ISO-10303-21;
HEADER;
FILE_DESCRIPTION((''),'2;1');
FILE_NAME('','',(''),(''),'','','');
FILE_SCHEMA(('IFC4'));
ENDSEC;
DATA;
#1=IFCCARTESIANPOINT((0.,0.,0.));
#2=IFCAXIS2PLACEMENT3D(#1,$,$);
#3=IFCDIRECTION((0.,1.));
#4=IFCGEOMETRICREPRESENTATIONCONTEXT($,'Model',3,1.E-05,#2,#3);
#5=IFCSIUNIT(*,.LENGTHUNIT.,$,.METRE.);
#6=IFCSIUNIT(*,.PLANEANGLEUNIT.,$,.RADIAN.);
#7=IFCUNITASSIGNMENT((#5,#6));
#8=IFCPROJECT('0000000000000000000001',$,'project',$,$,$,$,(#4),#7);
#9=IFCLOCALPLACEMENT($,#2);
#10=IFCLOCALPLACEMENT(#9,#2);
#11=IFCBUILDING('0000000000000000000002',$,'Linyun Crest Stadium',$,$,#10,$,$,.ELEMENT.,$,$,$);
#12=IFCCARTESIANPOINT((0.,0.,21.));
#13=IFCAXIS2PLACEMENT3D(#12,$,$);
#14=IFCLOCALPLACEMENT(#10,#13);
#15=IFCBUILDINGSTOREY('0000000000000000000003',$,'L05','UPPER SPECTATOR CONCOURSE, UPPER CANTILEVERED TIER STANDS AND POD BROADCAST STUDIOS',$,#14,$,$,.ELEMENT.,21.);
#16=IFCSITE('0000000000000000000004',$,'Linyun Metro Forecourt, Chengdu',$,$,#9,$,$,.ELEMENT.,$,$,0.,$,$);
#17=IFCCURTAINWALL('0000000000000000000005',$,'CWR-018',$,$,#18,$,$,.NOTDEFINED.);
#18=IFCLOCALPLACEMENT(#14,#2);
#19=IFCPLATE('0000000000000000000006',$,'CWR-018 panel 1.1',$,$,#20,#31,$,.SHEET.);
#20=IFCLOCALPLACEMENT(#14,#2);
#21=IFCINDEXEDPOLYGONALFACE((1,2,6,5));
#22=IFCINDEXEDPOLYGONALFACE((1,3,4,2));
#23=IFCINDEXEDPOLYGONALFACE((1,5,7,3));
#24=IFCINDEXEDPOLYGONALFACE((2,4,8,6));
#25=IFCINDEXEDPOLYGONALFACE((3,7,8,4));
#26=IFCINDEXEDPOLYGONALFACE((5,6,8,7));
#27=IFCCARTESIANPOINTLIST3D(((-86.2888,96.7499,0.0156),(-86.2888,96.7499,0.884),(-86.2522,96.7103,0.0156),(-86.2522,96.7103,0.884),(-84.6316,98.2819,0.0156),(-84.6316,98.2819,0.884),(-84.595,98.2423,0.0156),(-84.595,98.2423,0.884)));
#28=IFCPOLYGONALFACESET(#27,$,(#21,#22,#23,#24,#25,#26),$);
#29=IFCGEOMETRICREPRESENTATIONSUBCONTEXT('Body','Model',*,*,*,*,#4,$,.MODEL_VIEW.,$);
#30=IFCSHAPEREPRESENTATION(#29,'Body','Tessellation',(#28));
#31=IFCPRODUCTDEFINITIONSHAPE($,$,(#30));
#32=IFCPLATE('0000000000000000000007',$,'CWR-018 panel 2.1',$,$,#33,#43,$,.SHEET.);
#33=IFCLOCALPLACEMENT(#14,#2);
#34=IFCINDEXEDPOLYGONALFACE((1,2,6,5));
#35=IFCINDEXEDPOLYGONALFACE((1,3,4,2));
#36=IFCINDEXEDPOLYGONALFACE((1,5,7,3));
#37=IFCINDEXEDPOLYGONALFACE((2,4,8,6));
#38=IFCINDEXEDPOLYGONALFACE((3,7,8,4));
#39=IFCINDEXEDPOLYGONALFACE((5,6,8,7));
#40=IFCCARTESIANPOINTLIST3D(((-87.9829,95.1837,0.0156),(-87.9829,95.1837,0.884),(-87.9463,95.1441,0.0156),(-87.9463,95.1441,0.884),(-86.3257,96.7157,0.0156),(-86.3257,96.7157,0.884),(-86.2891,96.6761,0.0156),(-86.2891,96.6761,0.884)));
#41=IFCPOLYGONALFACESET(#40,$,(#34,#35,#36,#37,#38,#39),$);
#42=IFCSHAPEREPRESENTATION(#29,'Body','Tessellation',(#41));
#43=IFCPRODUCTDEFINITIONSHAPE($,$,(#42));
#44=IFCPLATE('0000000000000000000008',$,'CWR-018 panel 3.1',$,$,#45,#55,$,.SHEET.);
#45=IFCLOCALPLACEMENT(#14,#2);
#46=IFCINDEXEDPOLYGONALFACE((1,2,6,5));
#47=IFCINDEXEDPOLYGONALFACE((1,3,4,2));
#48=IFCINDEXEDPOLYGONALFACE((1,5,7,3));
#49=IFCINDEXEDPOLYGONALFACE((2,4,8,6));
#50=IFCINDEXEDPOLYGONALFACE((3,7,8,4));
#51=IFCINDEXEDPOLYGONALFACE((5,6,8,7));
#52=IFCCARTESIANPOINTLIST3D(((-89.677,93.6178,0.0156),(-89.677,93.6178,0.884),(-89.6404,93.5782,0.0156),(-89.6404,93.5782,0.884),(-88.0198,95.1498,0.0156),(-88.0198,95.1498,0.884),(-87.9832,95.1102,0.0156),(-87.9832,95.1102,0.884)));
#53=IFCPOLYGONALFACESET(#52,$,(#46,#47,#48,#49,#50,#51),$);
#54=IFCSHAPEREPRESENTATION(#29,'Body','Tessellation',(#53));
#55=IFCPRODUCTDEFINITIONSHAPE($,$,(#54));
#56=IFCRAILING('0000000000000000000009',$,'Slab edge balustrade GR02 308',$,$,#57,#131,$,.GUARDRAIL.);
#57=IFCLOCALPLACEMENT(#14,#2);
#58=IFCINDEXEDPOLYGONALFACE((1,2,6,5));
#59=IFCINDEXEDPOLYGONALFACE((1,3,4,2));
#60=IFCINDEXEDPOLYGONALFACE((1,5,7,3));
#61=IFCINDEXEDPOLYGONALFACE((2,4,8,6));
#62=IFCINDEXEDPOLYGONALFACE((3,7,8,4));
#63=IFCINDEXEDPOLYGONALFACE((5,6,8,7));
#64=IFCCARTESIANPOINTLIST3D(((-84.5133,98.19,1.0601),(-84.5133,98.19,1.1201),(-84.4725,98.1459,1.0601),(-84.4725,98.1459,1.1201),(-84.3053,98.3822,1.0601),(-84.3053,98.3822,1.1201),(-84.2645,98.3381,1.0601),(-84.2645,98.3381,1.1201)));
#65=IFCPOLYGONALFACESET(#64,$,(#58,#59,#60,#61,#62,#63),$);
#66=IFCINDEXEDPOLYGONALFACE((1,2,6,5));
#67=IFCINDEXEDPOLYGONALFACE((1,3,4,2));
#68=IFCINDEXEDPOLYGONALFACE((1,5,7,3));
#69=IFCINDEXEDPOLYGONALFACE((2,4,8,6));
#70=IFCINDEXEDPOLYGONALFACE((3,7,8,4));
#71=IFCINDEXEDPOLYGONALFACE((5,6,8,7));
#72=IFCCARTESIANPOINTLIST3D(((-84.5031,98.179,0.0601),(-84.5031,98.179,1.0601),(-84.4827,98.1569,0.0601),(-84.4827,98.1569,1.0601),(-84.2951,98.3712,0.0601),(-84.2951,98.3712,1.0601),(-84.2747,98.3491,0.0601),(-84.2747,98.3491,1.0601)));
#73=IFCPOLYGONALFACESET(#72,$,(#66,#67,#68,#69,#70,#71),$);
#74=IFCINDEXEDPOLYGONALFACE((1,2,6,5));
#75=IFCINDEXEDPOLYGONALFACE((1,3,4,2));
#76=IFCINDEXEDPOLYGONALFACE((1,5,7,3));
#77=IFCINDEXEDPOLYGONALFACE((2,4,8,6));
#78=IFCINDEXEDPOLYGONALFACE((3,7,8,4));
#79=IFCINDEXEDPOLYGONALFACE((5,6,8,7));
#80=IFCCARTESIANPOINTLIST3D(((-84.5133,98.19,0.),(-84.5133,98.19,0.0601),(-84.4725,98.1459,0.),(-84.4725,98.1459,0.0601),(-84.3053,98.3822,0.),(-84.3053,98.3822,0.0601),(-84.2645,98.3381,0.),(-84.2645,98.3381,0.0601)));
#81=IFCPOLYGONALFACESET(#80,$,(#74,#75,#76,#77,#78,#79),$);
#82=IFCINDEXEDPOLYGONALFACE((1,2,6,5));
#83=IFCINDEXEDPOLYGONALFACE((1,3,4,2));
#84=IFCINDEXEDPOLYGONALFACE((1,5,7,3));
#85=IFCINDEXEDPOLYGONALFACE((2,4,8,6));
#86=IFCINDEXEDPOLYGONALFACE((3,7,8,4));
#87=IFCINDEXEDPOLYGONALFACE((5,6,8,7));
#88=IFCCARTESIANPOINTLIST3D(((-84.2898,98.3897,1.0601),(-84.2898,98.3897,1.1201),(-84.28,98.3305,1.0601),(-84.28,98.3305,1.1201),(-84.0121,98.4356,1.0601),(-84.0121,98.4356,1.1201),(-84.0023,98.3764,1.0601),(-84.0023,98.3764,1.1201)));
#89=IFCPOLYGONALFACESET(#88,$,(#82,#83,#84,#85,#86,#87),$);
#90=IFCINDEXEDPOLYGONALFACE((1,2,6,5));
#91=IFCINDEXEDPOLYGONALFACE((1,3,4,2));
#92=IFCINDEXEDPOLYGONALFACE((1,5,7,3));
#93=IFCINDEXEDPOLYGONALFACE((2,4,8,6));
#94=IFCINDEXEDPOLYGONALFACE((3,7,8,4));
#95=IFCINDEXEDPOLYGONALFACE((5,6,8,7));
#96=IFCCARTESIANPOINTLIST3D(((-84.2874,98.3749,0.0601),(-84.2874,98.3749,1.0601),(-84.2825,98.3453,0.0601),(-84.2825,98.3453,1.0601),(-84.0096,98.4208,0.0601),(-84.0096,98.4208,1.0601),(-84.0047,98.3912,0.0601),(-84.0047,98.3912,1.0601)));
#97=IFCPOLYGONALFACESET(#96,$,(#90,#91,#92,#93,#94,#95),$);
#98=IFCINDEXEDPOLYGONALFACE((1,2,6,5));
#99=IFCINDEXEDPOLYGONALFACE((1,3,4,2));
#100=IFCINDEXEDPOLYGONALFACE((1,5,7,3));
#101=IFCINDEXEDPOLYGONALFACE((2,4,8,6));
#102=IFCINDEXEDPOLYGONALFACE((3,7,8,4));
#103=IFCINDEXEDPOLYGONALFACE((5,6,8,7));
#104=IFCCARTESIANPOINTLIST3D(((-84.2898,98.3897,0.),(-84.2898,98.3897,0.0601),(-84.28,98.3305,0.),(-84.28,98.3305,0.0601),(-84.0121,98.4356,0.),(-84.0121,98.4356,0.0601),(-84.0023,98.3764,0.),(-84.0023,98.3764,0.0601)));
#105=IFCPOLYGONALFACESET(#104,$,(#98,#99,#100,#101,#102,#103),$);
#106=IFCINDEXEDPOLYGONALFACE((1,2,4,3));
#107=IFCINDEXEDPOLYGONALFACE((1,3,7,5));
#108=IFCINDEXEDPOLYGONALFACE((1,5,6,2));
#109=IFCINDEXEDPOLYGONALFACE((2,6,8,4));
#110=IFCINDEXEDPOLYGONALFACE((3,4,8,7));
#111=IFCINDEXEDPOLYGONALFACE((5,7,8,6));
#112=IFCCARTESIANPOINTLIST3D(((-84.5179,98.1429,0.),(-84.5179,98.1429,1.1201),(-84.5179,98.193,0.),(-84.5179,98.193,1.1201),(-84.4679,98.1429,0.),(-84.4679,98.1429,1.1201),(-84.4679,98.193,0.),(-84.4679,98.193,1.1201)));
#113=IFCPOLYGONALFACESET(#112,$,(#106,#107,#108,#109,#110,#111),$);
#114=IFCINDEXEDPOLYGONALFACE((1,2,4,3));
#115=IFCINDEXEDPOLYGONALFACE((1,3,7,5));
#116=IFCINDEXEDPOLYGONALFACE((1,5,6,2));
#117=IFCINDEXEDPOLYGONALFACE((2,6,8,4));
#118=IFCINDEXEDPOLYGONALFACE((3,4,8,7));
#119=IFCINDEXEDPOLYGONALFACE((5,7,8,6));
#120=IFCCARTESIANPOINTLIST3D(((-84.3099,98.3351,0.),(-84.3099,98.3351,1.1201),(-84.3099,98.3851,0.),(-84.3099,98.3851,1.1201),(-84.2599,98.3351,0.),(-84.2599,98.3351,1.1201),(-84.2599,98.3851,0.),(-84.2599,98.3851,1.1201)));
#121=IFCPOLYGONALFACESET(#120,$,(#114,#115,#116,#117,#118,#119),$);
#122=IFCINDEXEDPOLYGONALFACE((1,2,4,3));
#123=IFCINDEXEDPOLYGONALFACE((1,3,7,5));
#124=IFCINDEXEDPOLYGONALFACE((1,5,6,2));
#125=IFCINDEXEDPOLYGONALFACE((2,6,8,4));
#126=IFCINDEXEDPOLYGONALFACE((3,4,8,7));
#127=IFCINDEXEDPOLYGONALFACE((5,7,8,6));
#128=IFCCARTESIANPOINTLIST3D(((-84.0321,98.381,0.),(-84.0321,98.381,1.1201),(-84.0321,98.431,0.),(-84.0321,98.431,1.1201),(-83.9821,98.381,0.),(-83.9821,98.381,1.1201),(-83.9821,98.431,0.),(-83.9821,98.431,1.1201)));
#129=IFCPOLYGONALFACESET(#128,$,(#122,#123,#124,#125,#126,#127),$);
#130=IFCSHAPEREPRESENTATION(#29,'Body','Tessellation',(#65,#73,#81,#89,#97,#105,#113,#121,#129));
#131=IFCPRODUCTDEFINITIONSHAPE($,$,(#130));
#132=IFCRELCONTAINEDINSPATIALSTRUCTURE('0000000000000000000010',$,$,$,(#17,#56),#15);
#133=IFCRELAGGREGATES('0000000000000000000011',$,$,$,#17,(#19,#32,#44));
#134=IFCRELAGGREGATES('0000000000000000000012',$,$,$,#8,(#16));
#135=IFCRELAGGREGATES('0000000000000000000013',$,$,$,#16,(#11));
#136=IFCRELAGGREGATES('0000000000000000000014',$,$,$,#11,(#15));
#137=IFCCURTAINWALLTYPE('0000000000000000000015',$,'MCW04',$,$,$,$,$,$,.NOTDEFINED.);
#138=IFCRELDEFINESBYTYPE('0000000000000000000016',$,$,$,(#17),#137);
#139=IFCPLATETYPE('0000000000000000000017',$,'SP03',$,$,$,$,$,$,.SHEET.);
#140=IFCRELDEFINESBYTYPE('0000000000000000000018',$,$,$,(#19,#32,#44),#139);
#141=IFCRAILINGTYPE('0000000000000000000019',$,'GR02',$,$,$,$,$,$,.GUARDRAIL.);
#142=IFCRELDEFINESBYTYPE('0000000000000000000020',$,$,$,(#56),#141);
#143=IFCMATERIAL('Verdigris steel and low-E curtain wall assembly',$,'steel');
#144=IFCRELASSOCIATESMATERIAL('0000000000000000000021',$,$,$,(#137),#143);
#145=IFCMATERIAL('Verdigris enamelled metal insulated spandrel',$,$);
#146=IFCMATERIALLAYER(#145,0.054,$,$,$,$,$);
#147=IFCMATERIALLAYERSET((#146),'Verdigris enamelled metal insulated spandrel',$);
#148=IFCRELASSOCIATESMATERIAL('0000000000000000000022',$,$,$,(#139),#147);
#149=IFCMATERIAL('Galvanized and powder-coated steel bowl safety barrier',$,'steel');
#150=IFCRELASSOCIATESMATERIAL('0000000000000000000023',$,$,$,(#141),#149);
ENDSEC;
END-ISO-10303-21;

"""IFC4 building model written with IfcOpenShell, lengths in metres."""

from ifc_helpers import new_model, si_unit, direction, frame, origin, origin_2d, place, context, subcontext, project, spatial, rectangle, extrude, material, layer, layer_set, type_object, element, aggregate, save


model = new_model("IFC4")

# Units and contexts
model_context = context("Model", 3, precision=1e-05, world=origin(), true_north=direction((0.0, 1.0)))
body_context = subcontext(model_context, "Body", "Model", "MODEL_VIEW")
ifc_project = project(units=[si_unit("LENGTHUNIT", "METRE"), si_unit("PLANEANGLEUNIT", "RADIAN")], contexts=[model_context])

# Site, building, storey
site_placement = place(None, origin())
site = spatial("IfcSite", under=ifc_project, at=site_placement, Name="Linyun Metro Forecourt, Chengdu", CompositionType="ELEMENT", RefElevation=0.0)
building_placement = place(site_placement, origin())
building = spatial("IfcBuilding", under=site, at=building_placement, Name="Linyun Crest Stadium", CompositionType="ELEMENT")
storey_placement = place(building_placement, frame((0.0, 0.0, 21.0)))
storey = spatial("IfcBuildingStorey", under=building, at=storey_placement, Name="L05", Description="UPPER SPECTATOR CONCOURSE, UPPER CANTILEVERED TIER STANDS AND POD BROADCAST STUDIOS", CompositionType="ELEMENT", Elevation=21.0)

# Shared definitions
ifc_material_1 = material(Name="Verdigris steel and low-E curtain wall assembly", Category="steel")
curtain_wall_type = type_object("IfcCurtainWallType", Name="MCW04", PredefinedType="NOTDEFINED", material=ifc_material_1)

# Curtain wall
curtain_wall_1_placement = place(storey_placement, origin())
curtain_wall_1 = element("IfcCurtainWall", 1, at=curtain_wall_1_placement, inside=storey, type_object=curtain_wall_type, Name="CWR-018", PredefinedType="NOTDEFINED")

# Plates
ifc_material_2 = material(Name="Verdigris enamelled metal insulated spandrel")
ifc_layer_1 = layer(ifc_material_2, 0.054)
ifc_layer_set_1 = layer_set([ifc_layer_1], Name="Verdigris enamelled metal insulated spandrel")
plate_type_1 = type_object("IfcPlateType", Name="SP03", PredefinedType="SHEET", material=ifc_layer_set_1)
plate_1_placement = place(storey_placement, frame((-85.4419, 97.4961, 0.0156), z_axis=(0.0, 0.0, 1.0), x_axis=(-0.734299, -0.678826, 0.0)))
plate_1 = element("IfcPlate", 2, at=plate_1_placement, type_object=plate_type_1, Name="CWR-018 panel 1.1", PredefinedType="SHEET", context=body_context, shape_type="SweptSolid", body=[
    extrude(rectangle(XDim=2.2568, YDim=0.054, at=origin_2d()), origin(), (0.0, 0.0, 1.0), 0.8684),
])
plate_2_placement = place(storey_placement, frame((-87.136, 95.9299, 0.0156), z_axis=(0.0, 0.0, 1.0), x_axis=(-0.734299, -0.678826, 0.0)))
plate_2 = element("IfcPlate", 3, at=plate_2_placement, type_object=plate_type_1, Name="CWR-018 panel 2.1", PredefinedType="SHEET", context=body_context, shape_type="SweptSolid", body=[
    extrude(rectangle(XDim=2.2568, YDim=0.054, at=origin_2d()), origin(), (0.0, 0.0, 1.0), 0.8684),
])
plate_3_placement = place(storey_placement, frame((-88.8301, 94.364, 0.0156), z_axis=(0.0, 0.0, 1.0), x_axis=(-0.734299, -0.678826, 0.0)))
plate_3 = element("IfcPlate", 4, at=plate_3_placement, type_object=plate_type_1, Name="CWR-018 panel 3.1", PredefinedType="SHEET", context=body_context, shape_type="SweptSolid", body=[
    extrude(rectangle(XDim=2.2568, YDim=0.054, at=origin_2d()), origin(), (0.0, 0.0, 1.0), 0.8684),
])
aggregate(curtain_wall_1, [plate_1, plate_2, plate_3])

# Railing
ifc_material_3 = material(Name="Galvanized and powder-coated steel bowl safety barrier", Category="steel")
railing_type = type_object("IfcRailingType", Name="GR02", PredefinedType="GUARDRAIL", material=ifc_material_3)
railing_placement = place(storey_placement, frame((-84.4929, 98.168, 0.0)))
element("IfcRailing", 5, at=railing_placement, inside=storey, type_object=railing_type, Name="Slab edge balustrade GR02 308", PredefinedType="GUARDRAIL", context=body_context, shape_type="SweptSolid", body=[
    extrude(rectangle(XDim=0.0601, YDim=0.0601, at=origin_2d()), frame((0.0, 0.0, 1.0901), z_axis=(0.734572, 0.678531, 0.0), x_axis=(-0.678531, 0.734572, 0.0)), (0.0, 0.0, 1.0), 0.2832),
    extrude(rectangle(XDim=0.03, YDim=1.0, at=origin_2d()), frame((0.0, 0.0, 0.5601), z_axis=(0.734572, 0.678531, 0.0), x_axis=(-0.678531, 0.734572, 0.0)), (0.0, 0.0, 1.0), 0.2832),
    extrude(rectangle(XDim=0.0601, YDim=0.0601, at=origin_2d()), frame((0.0, 0.0, 0.03), z_axis=(0.734572, 0.678531, 0.0), x_axis=(-0.678531, 0.734572, 0.0)), (0.0, 0.0, 1.0), 0.2832),
    extrude(rectangle(XDim=0.0601, YDim=0.0601, at=origin_2d()), frame((0.208, 0.1921, 1.0901), z_axis=(0.986627, 0.162993, 0.0), x_axis=(-0.162993, 0.986627, 0.0)), (0.0, 0.0, 1.0), 0.2815),
    extrude(rectangle(XDim=0.03, YDim=1.0, at=origin_2d()), frame((0.208, 0.1921, 0.5601), z_axis=(0.986627, 0.162993, 0.0), x_axis=(-0.162993, 0.986627, 0.0)), (0.0, 0.0, 1.0), 0.2815),
    extrude(rectangle(XDim=0.0601, YDim=0.0601, at=origin_2d()), frame((0.208, 0.1921, 0.03), z_axis=(0.986627, 0.162993, 0.0), x_axis=(-0.162993, 0.986627, 0.0)), (0.0, 0.0, 1.0), 0.2815),
    extrude(rectangle(XDim=0.05, YDim=0.05, at=origin_2d()), origin(), (0.0, 0.0, 1.0), 1.1201),
    extrude(rectangle(XDim=0.05, YDim=0.05, at=origin_2d()), frame((0.208, 0.1921, 0.0)), (0.0, 0.0, 1.0), 1.1201),
    extrude(rectangle(XDim=0.05, YDim=0.05, at=origin_2d()), frame((0.4858, 0.238, 0.0)), (0.0, 0.0, 1.0), 1.1201),
])

save(model, "model.ifc")
